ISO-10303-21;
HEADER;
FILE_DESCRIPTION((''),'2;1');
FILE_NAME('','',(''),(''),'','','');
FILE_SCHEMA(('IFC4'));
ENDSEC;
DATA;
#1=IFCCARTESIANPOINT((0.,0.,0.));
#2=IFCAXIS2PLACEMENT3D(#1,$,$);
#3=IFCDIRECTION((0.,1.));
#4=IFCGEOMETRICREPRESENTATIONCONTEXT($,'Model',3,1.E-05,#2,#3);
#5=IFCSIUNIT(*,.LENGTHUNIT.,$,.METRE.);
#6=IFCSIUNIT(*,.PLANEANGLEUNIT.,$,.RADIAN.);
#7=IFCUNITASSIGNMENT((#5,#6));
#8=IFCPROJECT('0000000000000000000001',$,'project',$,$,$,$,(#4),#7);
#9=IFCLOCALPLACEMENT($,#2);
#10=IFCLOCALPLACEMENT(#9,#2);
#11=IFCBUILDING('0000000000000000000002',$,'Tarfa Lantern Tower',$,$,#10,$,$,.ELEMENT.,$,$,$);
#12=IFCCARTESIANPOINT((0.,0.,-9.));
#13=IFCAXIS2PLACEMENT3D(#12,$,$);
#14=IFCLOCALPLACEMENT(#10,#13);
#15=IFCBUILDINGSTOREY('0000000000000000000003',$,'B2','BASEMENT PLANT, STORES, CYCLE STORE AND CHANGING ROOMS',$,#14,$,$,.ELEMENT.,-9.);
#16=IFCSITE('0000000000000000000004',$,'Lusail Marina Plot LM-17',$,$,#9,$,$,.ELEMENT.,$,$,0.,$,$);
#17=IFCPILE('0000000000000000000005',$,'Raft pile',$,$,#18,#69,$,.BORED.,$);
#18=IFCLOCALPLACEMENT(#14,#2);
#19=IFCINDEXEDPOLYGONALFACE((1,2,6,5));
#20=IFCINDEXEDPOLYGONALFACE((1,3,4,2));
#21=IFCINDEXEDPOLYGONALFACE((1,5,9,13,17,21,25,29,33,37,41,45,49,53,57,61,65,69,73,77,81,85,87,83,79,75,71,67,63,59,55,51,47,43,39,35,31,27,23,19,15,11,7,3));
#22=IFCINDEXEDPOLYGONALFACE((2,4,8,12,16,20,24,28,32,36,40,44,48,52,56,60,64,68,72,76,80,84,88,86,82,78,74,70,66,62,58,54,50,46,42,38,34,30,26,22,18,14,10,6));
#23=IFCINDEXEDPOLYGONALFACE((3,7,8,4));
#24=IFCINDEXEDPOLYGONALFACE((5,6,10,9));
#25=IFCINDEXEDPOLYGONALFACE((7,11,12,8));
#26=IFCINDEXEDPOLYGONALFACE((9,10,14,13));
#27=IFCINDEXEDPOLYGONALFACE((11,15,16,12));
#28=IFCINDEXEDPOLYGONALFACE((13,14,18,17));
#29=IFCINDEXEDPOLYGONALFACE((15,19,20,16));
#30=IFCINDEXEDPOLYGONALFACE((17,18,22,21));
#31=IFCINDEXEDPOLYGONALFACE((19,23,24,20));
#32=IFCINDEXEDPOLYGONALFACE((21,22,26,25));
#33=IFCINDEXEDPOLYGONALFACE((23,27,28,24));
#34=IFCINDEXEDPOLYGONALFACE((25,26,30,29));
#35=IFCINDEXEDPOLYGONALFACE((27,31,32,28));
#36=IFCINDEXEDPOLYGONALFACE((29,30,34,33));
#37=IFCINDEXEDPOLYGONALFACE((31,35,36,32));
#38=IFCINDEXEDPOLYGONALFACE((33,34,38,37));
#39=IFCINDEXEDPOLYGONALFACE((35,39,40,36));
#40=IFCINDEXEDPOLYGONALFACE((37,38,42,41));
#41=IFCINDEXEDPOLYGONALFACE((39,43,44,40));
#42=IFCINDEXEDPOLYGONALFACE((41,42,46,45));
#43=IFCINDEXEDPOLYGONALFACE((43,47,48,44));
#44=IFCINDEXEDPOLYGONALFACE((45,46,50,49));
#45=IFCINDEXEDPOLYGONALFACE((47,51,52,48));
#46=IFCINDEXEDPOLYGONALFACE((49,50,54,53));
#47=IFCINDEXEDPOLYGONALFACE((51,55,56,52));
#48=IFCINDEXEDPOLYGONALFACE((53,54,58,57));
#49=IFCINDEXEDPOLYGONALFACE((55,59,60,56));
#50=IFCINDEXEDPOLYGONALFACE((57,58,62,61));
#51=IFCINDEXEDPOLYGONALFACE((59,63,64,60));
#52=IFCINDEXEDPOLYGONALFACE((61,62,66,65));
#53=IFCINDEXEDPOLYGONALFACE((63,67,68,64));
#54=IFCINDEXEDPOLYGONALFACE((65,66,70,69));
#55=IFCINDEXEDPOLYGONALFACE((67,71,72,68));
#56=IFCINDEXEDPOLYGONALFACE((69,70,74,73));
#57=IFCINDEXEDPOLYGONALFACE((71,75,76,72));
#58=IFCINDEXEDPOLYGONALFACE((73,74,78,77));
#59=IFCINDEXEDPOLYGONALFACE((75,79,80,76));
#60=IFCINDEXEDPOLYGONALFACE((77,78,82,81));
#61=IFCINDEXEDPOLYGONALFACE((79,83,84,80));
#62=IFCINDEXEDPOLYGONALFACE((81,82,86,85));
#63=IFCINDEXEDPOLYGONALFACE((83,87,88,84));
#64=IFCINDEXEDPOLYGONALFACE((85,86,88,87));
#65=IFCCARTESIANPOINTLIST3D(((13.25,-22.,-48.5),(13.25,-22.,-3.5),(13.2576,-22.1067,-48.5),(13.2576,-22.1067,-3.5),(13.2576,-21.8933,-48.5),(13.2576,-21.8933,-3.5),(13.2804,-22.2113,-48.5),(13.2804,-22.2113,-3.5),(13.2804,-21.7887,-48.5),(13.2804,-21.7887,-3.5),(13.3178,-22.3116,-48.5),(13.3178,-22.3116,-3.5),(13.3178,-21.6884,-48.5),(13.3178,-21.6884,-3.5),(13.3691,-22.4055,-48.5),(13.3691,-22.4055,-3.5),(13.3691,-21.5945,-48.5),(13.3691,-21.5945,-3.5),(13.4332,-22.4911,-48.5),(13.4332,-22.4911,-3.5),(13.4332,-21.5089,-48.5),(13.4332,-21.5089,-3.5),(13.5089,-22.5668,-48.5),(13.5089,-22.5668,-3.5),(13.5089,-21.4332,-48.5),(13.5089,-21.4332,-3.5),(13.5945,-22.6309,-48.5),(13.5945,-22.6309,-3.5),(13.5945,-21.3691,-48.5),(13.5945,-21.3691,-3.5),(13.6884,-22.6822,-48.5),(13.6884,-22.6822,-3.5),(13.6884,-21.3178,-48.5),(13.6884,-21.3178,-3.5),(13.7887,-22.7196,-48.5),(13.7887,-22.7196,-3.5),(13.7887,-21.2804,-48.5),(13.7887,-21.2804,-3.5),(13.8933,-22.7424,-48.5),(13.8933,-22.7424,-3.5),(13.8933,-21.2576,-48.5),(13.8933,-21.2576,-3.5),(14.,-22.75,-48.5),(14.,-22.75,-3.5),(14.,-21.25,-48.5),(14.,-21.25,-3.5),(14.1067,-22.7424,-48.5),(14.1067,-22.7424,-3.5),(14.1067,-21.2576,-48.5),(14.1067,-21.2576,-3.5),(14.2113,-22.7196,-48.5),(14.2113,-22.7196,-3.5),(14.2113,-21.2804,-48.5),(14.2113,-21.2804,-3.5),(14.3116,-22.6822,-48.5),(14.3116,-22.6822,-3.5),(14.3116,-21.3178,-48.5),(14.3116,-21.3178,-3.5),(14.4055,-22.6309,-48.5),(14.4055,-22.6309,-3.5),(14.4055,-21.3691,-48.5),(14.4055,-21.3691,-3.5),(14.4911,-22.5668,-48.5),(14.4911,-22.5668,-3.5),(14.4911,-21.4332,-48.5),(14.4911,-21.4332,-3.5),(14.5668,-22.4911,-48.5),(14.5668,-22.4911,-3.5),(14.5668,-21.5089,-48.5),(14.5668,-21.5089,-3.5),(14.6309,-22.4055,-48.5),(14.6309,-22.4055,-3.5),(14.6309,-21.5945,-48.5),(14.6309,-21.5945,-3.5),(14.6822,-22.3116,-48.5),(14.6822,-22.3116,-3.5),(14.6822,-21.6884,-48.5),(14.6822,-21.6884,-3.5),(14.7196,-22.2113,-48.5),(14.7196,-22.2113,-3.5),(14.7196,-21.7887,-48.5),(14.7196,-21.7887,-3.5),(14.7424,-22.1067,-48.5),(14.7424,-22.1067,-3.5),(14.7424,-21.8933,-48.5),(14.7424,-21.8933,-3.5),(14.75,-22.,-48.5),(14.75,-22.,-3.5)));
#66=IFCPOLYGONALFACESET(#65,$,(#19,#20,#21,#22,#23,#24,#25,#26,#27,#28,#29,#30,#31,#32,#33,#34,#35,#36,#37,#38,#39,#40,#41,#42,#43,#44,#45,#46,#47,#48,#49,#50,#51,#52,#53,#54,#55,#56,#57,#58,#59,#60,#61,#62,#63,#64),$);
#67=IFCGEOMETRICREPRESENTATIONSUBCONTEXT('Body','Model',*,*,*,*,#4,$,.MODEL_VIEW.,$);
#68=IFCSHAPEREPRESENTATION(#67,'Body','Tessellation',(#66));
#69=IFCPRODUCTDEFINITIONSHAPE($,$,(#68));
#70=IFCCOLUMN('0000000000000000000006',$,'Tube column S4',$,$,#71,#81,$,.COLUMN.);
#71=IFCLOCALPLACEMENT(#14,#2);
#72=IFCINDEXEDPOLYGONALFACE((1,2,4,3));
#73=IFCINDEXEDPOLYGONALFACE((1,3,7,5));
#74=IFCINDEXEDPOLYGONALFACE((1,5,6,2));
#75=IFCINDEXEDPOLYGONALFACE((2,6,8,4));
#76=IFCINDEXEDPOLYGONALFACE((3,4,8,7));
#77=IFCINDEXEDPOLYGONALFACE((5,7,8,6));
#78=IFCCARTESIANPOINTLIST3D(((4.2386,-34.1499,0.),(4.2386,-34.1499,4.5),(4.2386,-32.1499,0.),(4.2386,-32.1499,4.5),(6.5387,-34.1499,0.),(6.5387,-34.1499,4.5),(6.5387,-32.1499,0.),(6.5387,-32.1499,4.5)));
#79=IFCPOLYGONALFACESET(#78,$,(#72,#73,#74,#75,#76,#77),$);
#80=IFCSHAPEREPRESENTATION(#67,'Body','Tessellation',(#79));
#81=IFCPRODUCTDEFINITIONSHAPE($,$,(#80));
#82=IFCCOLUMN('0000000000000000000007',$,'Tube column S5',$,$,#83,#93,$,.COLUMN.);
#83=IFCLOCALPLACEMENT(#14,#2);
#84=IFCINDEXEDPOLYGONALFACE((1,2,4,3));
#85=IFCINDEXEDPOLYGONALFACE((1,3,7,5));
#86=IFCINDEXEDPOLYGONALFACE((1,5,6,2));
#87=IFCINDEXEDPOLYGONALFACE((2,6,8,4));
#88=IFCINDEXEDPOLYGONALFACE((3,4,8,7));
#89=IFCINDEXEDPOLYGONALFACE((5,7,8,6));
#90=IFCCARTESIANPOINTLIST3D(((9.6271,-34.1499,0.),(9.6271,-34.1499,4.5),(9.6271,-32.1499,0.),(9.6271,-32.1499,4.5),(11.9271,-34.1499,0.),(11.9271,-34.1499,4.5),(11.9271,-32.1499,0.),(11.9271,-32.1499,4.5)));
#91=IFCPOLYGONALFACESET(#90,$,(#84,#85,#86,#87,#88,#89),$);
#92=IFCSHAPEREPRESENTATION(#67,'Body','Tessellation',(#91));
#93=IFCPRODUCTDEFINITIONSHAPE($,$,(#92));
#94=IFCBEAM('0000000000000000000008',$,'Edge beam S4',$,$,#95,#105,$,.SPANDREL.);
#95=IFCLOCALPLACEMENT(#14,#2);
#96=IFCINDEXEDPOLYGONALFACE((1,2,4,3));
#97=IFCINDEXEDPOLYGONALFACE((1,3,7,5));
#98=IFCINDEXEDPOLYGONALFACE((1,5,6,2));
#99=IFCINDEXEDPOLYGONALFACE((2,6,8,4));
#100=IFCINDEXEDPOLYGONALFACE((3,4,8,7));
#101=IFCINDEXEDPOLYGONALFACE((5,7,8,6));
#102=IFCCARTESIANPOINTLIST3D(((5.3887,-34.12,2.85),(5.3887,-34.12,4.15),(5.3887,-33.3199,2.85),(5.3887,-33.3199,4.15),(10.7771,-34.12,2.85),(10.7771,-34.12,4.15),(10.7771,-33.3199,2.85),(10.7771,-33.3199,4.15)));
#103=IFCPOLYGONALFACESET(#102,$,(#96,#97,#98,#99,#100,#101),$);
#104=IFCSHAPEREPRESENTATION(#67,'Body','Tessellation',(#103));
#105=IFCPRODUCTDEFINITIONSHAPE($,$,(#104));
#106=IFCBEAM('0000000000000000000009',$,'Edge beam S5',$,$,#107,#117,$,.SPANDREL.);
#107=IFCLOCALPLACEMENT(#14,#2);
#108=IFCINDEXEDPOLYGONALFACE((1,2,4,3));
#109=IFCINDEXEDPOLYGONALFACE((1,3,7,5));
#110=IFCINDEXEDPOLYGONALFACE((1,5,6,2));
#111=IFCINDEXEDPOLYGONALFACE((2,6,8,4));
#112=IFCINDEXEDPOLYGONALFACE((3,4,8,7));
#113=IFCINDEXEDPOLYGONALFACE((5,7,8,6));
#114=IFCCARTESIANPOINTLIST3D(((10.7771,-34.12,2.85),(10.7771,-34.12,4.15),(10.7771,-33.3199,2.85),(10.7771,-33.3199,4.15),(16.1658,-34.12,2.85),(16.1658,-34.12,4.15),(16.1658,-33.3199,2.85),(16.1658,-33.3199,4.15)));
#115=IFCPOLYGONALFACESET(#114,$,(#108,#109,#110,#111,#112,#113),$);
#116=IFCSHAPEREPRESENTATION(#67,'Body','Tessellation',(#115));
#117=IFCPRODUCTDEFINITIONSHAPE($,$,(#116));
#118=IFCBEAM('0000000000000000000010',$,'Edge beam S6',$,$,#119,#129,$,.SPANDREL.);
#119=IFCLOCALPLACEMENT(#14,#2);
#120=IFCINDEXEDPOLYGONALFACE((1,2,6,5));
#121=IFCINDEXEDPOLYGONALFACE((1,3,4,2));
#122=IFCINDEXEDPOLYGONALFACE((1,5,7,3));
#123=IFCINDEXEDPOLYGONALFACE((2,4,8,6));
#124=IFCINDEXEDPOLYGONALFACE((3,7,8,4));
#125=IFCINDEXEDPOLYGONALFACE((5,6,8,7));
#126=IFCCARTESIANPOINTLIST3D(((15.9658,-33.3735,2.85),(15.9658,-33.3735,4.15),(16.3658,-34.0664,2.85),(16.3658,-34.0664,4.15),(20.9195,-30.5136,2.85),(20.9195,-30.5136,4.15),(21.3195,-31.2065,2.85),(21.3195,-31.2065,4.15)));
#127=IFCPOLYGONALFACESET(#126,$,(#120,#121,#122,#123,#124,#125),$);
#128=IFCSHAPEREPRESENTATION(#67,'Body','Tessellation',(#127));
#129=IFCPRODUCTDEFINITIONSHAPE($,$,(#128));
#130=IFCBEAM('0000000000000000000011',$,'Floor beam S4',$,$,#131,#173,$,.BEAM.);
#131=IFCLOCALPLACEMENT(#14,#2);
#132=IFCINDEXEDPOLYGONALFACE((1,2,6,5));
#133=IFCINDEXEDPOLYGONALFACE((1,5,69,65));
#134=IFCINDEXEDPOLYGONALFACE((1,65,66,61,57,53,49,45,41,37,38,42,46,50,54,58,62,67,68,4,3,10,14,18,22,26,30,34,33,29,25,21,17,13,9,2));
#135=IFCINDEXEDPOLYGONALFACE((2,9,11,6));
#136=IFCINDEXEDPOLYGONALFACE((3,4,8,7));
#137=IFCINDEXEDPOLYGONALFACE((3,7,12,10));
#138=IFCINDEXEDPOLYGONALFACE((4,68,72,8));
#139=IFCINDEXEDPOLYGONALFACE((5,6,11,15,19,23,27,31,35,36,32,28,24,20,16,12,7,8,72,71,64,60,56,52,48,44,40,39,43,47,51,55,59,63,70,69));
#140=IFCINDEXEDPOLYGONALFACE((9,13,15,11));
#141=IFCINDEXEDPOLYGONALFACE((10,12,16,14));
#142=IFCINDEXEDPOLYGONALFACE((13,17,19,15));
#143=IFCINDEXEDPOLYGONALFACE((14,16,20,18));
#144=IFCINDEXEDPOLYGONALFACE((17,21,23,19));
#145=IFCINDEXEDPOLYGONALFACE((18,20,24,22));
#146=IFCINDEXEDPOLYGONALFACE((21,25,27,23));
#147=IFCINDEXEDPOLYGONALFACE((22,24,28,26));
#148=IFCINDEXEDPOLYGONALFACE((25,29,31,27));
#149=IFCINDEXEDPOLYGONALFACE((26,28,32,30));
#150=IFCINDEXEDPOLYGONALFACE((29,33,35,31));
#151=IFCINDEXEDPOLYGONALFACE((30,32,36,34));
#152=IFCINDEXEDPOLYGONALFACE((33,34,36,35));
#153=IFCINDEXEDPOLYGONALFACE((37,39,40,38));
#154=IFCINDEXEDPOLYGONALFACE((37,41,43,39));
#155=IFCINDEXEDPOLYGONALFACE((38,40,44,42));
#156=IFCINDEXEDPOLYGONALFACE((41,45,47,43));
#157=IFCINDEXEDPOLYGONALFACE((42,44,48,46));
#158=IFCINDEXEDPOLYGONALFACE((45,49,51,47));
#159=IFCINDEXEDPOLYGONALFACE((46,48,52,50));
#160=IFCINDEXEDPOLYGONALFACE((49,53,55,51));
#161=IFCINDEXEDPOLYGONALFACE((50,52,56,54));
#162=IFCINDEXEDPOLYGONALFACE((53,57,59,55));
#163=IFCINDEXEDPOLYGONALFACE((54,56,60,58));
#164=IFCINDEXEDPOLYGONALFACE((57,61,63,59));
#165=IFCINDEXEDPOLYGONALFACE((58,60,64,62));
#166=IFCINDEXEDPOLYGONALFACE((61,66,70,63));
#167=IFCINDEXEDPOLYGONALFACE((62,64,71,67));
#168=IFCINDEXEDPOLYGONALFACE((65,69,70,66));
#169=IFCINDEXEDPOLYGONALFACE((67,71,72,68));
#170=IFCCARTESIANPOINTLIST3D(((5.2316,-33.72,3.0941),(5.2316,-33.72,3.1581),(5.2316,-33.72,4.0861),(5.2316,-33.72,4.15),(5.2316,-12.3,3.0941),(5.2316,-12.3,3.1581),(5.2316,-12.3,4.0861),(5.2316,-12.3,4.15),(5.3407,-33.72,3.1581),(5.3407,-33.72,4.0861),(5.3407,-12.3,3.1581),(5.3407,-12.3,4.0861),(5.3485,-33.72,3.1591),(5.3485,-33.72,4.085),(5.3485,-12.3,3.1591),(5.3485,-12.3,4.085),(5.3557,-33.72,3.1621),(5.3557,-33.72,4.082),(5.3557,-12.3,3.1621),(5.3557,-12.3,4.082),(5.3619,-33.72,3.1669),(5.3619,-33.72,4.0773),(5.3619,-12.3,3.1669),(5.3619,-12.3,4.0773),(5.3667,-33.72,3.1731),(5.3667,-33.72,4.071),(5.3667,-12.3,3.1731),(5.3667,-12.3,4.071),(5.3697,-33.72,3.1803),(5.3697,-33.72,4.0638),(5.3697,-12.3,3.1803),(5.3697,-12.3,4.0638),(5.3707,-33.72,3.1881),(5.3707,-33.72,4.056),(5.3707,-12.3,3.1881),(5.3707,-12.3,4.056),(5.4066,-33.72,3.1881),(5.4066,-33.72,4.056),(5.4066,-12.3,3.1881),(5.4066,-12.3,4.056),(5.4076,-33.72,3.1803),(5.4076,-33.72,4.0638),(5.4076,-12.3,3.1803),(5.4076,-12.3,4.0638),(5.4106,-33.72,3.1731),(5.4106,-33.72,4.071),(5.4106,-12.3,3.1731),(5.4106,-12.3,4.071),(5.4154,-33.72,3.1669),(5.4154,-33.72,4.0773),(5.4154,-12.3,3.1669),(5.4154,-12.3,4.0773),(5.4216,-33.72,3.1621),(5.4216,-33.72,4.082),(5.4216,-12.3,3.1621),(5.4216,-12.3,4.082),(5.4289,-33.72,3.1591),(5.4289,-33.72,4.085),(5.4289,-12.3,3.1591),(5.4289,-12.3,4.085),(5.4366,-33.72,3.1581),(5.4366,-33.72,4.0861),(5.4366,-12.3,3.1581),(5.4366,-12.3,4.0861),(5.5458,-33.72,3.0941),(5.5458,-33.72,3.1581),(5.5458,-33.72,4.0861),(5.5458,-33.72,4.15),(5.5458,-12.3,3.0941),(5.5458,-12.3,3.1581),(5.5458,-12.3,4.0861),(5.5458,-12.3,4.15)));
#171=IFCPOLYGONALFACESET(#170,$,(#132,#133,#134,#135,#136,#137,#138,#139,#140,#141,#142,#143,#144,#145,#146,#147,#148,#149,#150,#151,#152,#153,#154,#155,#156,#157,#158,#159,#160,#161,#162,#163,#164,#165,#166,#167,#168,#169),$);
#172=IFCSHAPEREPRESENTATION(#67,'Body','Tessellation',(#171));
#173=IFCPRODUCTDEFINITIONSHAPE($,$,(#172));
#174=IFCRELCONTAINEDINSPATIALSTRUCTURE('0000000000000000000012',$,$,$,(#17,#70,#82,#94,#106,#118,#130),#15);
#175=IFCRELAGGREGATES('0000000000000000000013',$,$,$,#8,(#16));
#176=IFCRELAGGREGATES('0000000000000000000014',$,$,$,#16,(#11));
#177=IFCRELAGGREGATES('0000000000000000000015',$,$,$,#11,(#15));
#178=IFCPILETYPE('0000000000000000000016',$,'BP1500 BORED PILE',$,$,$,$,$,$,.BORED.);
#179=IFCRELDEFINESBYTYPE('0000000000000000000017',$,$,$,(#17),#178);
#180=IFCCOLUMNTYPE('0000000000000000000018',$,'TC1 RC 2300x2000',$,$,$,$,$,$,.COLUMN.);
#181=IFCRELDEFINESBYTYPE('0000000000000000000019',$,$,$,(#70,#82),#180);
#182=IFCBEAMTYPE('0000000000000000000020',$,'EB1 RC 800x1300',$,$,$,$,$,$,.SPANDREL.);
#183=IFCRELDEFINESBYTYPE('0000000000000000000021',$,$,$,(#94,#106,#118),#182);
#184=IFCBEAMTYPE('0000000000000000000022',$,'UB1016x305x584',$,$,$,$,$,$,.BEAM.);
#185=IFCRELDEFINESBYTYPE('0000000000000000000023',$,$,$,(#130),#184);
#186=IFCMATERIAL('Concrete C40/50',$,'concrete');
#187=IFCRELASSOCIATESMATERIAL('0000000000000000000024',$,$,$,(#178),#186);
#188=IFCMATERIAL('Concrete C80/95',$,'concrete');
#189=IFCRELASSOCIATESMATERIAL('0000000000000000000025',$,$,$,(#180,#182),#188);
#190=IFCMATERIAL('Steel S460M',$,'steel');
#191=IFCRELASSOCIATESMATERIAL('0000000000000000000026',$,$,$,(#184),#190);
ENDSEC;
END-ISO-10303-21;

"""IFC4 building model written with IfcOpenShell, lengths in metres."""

from ifc_helpers import new_model, si_unit, direction, frame, origin, origin_2d, place, context, subcontext, project, spatial, rectangle, circle, i_section, extrude, material, material_profile, profile_set, type_object, element, save


model = new_model("IFC4")

# Units and contexts
model_context = context("Model", 3, precision=1e-05, world=origin(), true_north=direction((0.0, 1.0)))
body_context = subcontext(model_context, "Body", "Model", "MODEL_VIEW")
ifc_project = project(units=[si_unit("LENGTHUNIT", "METRE"), si_unit("PLANEANGLEUNIT", "RADIAN")], contexts=[model_context])

# Site, building, storey
site_placement = place(None, origin())
site = spatial("IfcSite", under=ifc_project, at=site_placement, Name="Lusail Marina Plot LM-17", CompositionType="ELEMENT", RefElevation=0.0)
building_placement = place(site_placement, origin())
building = spatial("IfcBuilding", under=site, at=building_placement, Name="Tarfa Lantern Tower", CompositionType="ELEMENT")
storey_placement = place(building_placement, frame((0.0, 0.0, -9.0)))
storey = spatial("IfcBuildingStorey", under=building, at=storey_placement, Name="B2", Description="BASEMENT PLANT, STORES, CYCLE STORE AND CHANGING ROOMS", CompositionType="ELEMENT", Elevation=-9.0)

# Pile
ifc_material_1 = material(Name="Concrete C40/50", Category="concrete")
ifc_material_profile_1 = material_profile(ifc_material_1, circle(Radius=0.75, at=origin_2d()), Name="BORED PILE D1500")
ifc_profile_set_1 = profile_set([ifc_material_profile_1], Name="Concrete C40/50")
pile_type = type_object("IfcPileType", Name="BP1500 BORED PILE", PredefinedType="BORED", material=ifc_profile_set_1)
for number, where, z_axis, x_axis, name in (
    (1, (14.0, -22.0, -3.5), (0.0, 0.0, -1.0), (1.0, 0.0, 0.0), "Raft pile"),
):
    element("IfcPile", number, at=place(storey_placement, frame(where, z_axis=z_axis, x_axis=x_axis)), inside=storey, type_object=pile_type, Name=name, PredefinedType="BORED", context=body_context, shape_type="SweptSolid", body=[
        extrude(circle(Radius=0.75, at=origin_2d()), origin(), (0.0, 0.0, 1.0), 45.0),
    ])

# Columns
ifc_material_2 = material(Name="Concrete C80/95", Category="concrete")
ifc_material_profile_2 = material_profile(ifc_material_2, rectangle(XDim=2.3, YDim=2.0, at=origin_2d()), Name="RC 2300x2000")
ifc_profile_set_2 = profile_set([ifc_material_profile_2], Name="Concrete C80/95")
column_type = type_object("IfcColumnType", Name="TC1 RC 2300x2000", PredefinedType="COLUMN", material=ifc_profile_set_2)
for number, where, z_axis, x_axis, name in (
    (2, (5.3887, -33.1499, 0.0), (0.0, 0.0, 1.0), (1.0, 0.0, 0.0), "Tube column S4"),
    (3, (10.7771, -33.1499, 0.0), (0.0, 0.0, 1.0), (1.0, 0.0, 0.0), "Tube column S5"),
):
    element("IfcColumn", number, at=place(storey_placement, frame(where, z_axis=z_axis, x_axis=x_axis)), inside=storey, type_object=column_type, Name=name, PredefinedType="COLUMN", context=body_context, shape_type="SweptSolid", body=[
        extrude(rectangle(XDim=2.3, YDim=2.0, at=origin_2d()), origin(), (0.0, 0.0, 1.0), 4.5),
    ])

# Beams
ifc_material_profile_3 = material_profile(ifc_material_2, rectangle(XDim=0.8, YDim=1.3, at=origin_2d()), Name="RC 800x1300")
ifc_profile_set_3 = profile_set([ifc_material_profile_3], Name="Concrete C80/95")
beam_type_1 = type_object("IfcBeamType", Name="EB1 RC 800x1300", PredefinedType="SPANDREL", material=ifc_profile_set_3)
beam_1_placement = place(storey_placement, frame((5.3887, -33.72, 3.5), z_axis=(1.0, 0.0, 0.0), x_axis=(0.0, 1.0, 0.0)))
element("IfcBeam", 4, at=beam_1_placement, inside=storey, type_object=beam_type_1, Name="Edge beam S4", PredefinedType="SPANDREL", context=body_context, shape_type="SweptSolid", body=[
    extrude(rectangle(XDim=0.8, YDim=1.3, at=origin_2d()), origin(), (0.0, 0.0, 1.0), 5.3884),
])
beam_2_placement = place(storey_placement, frame((10.7771, -33.72, 3.5), z_axis=(1.0, 0.0, 0.0), x_axis=(0.0, 1.0, 0.0)))
element("IfcBeam", 5, at=beam_2_placement, inside=storey, type_object=beam_type_1, Name="Edge beam S5", PredefinedType="SPANDREL", context=body_context, shape_type="SweptSolid", body=[
    extrude(rectangle(XDim=0.8, YDim=1.3, at=origin_2d()), origin(), (0.0, 0.0, 1.0), 5.3887),
])
beam_3_placement = place(storey_placement, frame((16.1658, -33.72, 3.5), z_axis=(0.866033, 0.499986, 0.0), x_axis=(-0.499986, 0.866033, 0.0)))
element("IfcBeam", 6, at=beam_3_placement, inside=storey, type_object=beam_type_1, Name="Edge beam S6", PredefinedType="SPANDREL", context=body_context, shape_type="SweptSolid", body=[
    extrude(rectangle(XDim=0.8, YDim=1.3, at=origin_2d()), origin(), (0.0, 0.0, 1.0), 5.72),
])
ifc_material_3 = material(Name="Steel S460M", Category="steel")
ifc_material_profile_4 = material_profile(ifc_material_3, i_section(OverallWidth=0.3142, OverallDepth=1.0559, WebThickness=0.0359, FlangeThickness=0.064, FilletRadius=0.03, at=origin_2d()), Name="UB1016x305x584")
ifc_profile_set_4 = profile_set([ifc_material_profile_4], Name="Steel S460M")
beam_type_2 = type_object("IfcBeamType", Name="UB1016x305x584", PredefinedType="BEAM", material=ifc_profile_set_4)
for number, where, z_axis, x_axis, name in (
    (7, (5.3887, -33.72, 3.6221), (0.0, 1.0, 0.0), (-1.0, 0.0, 0.0), "Floor beam S4"),
):
    element("IfcBeam", number, at=place(storey_placement, frame(where, z_axis=z_axis, x_axis=x_axis)), inside=storey, type_object=beam_type_2, Name=name, PredefinedType="BEAM", context=body_context, shape_type="SweptSolid", body=[
        extrude(i_section(OverallWidth=0.3142, OverallDepth=1.0559, WebThickness=0.0359, FlangeThickness=0.064, FilletRadius=0.03, at=origin_2d()), origin(), (0.0, 0.0, 1.0), 21.4199),
    ])

save(model, "model.ifc")
